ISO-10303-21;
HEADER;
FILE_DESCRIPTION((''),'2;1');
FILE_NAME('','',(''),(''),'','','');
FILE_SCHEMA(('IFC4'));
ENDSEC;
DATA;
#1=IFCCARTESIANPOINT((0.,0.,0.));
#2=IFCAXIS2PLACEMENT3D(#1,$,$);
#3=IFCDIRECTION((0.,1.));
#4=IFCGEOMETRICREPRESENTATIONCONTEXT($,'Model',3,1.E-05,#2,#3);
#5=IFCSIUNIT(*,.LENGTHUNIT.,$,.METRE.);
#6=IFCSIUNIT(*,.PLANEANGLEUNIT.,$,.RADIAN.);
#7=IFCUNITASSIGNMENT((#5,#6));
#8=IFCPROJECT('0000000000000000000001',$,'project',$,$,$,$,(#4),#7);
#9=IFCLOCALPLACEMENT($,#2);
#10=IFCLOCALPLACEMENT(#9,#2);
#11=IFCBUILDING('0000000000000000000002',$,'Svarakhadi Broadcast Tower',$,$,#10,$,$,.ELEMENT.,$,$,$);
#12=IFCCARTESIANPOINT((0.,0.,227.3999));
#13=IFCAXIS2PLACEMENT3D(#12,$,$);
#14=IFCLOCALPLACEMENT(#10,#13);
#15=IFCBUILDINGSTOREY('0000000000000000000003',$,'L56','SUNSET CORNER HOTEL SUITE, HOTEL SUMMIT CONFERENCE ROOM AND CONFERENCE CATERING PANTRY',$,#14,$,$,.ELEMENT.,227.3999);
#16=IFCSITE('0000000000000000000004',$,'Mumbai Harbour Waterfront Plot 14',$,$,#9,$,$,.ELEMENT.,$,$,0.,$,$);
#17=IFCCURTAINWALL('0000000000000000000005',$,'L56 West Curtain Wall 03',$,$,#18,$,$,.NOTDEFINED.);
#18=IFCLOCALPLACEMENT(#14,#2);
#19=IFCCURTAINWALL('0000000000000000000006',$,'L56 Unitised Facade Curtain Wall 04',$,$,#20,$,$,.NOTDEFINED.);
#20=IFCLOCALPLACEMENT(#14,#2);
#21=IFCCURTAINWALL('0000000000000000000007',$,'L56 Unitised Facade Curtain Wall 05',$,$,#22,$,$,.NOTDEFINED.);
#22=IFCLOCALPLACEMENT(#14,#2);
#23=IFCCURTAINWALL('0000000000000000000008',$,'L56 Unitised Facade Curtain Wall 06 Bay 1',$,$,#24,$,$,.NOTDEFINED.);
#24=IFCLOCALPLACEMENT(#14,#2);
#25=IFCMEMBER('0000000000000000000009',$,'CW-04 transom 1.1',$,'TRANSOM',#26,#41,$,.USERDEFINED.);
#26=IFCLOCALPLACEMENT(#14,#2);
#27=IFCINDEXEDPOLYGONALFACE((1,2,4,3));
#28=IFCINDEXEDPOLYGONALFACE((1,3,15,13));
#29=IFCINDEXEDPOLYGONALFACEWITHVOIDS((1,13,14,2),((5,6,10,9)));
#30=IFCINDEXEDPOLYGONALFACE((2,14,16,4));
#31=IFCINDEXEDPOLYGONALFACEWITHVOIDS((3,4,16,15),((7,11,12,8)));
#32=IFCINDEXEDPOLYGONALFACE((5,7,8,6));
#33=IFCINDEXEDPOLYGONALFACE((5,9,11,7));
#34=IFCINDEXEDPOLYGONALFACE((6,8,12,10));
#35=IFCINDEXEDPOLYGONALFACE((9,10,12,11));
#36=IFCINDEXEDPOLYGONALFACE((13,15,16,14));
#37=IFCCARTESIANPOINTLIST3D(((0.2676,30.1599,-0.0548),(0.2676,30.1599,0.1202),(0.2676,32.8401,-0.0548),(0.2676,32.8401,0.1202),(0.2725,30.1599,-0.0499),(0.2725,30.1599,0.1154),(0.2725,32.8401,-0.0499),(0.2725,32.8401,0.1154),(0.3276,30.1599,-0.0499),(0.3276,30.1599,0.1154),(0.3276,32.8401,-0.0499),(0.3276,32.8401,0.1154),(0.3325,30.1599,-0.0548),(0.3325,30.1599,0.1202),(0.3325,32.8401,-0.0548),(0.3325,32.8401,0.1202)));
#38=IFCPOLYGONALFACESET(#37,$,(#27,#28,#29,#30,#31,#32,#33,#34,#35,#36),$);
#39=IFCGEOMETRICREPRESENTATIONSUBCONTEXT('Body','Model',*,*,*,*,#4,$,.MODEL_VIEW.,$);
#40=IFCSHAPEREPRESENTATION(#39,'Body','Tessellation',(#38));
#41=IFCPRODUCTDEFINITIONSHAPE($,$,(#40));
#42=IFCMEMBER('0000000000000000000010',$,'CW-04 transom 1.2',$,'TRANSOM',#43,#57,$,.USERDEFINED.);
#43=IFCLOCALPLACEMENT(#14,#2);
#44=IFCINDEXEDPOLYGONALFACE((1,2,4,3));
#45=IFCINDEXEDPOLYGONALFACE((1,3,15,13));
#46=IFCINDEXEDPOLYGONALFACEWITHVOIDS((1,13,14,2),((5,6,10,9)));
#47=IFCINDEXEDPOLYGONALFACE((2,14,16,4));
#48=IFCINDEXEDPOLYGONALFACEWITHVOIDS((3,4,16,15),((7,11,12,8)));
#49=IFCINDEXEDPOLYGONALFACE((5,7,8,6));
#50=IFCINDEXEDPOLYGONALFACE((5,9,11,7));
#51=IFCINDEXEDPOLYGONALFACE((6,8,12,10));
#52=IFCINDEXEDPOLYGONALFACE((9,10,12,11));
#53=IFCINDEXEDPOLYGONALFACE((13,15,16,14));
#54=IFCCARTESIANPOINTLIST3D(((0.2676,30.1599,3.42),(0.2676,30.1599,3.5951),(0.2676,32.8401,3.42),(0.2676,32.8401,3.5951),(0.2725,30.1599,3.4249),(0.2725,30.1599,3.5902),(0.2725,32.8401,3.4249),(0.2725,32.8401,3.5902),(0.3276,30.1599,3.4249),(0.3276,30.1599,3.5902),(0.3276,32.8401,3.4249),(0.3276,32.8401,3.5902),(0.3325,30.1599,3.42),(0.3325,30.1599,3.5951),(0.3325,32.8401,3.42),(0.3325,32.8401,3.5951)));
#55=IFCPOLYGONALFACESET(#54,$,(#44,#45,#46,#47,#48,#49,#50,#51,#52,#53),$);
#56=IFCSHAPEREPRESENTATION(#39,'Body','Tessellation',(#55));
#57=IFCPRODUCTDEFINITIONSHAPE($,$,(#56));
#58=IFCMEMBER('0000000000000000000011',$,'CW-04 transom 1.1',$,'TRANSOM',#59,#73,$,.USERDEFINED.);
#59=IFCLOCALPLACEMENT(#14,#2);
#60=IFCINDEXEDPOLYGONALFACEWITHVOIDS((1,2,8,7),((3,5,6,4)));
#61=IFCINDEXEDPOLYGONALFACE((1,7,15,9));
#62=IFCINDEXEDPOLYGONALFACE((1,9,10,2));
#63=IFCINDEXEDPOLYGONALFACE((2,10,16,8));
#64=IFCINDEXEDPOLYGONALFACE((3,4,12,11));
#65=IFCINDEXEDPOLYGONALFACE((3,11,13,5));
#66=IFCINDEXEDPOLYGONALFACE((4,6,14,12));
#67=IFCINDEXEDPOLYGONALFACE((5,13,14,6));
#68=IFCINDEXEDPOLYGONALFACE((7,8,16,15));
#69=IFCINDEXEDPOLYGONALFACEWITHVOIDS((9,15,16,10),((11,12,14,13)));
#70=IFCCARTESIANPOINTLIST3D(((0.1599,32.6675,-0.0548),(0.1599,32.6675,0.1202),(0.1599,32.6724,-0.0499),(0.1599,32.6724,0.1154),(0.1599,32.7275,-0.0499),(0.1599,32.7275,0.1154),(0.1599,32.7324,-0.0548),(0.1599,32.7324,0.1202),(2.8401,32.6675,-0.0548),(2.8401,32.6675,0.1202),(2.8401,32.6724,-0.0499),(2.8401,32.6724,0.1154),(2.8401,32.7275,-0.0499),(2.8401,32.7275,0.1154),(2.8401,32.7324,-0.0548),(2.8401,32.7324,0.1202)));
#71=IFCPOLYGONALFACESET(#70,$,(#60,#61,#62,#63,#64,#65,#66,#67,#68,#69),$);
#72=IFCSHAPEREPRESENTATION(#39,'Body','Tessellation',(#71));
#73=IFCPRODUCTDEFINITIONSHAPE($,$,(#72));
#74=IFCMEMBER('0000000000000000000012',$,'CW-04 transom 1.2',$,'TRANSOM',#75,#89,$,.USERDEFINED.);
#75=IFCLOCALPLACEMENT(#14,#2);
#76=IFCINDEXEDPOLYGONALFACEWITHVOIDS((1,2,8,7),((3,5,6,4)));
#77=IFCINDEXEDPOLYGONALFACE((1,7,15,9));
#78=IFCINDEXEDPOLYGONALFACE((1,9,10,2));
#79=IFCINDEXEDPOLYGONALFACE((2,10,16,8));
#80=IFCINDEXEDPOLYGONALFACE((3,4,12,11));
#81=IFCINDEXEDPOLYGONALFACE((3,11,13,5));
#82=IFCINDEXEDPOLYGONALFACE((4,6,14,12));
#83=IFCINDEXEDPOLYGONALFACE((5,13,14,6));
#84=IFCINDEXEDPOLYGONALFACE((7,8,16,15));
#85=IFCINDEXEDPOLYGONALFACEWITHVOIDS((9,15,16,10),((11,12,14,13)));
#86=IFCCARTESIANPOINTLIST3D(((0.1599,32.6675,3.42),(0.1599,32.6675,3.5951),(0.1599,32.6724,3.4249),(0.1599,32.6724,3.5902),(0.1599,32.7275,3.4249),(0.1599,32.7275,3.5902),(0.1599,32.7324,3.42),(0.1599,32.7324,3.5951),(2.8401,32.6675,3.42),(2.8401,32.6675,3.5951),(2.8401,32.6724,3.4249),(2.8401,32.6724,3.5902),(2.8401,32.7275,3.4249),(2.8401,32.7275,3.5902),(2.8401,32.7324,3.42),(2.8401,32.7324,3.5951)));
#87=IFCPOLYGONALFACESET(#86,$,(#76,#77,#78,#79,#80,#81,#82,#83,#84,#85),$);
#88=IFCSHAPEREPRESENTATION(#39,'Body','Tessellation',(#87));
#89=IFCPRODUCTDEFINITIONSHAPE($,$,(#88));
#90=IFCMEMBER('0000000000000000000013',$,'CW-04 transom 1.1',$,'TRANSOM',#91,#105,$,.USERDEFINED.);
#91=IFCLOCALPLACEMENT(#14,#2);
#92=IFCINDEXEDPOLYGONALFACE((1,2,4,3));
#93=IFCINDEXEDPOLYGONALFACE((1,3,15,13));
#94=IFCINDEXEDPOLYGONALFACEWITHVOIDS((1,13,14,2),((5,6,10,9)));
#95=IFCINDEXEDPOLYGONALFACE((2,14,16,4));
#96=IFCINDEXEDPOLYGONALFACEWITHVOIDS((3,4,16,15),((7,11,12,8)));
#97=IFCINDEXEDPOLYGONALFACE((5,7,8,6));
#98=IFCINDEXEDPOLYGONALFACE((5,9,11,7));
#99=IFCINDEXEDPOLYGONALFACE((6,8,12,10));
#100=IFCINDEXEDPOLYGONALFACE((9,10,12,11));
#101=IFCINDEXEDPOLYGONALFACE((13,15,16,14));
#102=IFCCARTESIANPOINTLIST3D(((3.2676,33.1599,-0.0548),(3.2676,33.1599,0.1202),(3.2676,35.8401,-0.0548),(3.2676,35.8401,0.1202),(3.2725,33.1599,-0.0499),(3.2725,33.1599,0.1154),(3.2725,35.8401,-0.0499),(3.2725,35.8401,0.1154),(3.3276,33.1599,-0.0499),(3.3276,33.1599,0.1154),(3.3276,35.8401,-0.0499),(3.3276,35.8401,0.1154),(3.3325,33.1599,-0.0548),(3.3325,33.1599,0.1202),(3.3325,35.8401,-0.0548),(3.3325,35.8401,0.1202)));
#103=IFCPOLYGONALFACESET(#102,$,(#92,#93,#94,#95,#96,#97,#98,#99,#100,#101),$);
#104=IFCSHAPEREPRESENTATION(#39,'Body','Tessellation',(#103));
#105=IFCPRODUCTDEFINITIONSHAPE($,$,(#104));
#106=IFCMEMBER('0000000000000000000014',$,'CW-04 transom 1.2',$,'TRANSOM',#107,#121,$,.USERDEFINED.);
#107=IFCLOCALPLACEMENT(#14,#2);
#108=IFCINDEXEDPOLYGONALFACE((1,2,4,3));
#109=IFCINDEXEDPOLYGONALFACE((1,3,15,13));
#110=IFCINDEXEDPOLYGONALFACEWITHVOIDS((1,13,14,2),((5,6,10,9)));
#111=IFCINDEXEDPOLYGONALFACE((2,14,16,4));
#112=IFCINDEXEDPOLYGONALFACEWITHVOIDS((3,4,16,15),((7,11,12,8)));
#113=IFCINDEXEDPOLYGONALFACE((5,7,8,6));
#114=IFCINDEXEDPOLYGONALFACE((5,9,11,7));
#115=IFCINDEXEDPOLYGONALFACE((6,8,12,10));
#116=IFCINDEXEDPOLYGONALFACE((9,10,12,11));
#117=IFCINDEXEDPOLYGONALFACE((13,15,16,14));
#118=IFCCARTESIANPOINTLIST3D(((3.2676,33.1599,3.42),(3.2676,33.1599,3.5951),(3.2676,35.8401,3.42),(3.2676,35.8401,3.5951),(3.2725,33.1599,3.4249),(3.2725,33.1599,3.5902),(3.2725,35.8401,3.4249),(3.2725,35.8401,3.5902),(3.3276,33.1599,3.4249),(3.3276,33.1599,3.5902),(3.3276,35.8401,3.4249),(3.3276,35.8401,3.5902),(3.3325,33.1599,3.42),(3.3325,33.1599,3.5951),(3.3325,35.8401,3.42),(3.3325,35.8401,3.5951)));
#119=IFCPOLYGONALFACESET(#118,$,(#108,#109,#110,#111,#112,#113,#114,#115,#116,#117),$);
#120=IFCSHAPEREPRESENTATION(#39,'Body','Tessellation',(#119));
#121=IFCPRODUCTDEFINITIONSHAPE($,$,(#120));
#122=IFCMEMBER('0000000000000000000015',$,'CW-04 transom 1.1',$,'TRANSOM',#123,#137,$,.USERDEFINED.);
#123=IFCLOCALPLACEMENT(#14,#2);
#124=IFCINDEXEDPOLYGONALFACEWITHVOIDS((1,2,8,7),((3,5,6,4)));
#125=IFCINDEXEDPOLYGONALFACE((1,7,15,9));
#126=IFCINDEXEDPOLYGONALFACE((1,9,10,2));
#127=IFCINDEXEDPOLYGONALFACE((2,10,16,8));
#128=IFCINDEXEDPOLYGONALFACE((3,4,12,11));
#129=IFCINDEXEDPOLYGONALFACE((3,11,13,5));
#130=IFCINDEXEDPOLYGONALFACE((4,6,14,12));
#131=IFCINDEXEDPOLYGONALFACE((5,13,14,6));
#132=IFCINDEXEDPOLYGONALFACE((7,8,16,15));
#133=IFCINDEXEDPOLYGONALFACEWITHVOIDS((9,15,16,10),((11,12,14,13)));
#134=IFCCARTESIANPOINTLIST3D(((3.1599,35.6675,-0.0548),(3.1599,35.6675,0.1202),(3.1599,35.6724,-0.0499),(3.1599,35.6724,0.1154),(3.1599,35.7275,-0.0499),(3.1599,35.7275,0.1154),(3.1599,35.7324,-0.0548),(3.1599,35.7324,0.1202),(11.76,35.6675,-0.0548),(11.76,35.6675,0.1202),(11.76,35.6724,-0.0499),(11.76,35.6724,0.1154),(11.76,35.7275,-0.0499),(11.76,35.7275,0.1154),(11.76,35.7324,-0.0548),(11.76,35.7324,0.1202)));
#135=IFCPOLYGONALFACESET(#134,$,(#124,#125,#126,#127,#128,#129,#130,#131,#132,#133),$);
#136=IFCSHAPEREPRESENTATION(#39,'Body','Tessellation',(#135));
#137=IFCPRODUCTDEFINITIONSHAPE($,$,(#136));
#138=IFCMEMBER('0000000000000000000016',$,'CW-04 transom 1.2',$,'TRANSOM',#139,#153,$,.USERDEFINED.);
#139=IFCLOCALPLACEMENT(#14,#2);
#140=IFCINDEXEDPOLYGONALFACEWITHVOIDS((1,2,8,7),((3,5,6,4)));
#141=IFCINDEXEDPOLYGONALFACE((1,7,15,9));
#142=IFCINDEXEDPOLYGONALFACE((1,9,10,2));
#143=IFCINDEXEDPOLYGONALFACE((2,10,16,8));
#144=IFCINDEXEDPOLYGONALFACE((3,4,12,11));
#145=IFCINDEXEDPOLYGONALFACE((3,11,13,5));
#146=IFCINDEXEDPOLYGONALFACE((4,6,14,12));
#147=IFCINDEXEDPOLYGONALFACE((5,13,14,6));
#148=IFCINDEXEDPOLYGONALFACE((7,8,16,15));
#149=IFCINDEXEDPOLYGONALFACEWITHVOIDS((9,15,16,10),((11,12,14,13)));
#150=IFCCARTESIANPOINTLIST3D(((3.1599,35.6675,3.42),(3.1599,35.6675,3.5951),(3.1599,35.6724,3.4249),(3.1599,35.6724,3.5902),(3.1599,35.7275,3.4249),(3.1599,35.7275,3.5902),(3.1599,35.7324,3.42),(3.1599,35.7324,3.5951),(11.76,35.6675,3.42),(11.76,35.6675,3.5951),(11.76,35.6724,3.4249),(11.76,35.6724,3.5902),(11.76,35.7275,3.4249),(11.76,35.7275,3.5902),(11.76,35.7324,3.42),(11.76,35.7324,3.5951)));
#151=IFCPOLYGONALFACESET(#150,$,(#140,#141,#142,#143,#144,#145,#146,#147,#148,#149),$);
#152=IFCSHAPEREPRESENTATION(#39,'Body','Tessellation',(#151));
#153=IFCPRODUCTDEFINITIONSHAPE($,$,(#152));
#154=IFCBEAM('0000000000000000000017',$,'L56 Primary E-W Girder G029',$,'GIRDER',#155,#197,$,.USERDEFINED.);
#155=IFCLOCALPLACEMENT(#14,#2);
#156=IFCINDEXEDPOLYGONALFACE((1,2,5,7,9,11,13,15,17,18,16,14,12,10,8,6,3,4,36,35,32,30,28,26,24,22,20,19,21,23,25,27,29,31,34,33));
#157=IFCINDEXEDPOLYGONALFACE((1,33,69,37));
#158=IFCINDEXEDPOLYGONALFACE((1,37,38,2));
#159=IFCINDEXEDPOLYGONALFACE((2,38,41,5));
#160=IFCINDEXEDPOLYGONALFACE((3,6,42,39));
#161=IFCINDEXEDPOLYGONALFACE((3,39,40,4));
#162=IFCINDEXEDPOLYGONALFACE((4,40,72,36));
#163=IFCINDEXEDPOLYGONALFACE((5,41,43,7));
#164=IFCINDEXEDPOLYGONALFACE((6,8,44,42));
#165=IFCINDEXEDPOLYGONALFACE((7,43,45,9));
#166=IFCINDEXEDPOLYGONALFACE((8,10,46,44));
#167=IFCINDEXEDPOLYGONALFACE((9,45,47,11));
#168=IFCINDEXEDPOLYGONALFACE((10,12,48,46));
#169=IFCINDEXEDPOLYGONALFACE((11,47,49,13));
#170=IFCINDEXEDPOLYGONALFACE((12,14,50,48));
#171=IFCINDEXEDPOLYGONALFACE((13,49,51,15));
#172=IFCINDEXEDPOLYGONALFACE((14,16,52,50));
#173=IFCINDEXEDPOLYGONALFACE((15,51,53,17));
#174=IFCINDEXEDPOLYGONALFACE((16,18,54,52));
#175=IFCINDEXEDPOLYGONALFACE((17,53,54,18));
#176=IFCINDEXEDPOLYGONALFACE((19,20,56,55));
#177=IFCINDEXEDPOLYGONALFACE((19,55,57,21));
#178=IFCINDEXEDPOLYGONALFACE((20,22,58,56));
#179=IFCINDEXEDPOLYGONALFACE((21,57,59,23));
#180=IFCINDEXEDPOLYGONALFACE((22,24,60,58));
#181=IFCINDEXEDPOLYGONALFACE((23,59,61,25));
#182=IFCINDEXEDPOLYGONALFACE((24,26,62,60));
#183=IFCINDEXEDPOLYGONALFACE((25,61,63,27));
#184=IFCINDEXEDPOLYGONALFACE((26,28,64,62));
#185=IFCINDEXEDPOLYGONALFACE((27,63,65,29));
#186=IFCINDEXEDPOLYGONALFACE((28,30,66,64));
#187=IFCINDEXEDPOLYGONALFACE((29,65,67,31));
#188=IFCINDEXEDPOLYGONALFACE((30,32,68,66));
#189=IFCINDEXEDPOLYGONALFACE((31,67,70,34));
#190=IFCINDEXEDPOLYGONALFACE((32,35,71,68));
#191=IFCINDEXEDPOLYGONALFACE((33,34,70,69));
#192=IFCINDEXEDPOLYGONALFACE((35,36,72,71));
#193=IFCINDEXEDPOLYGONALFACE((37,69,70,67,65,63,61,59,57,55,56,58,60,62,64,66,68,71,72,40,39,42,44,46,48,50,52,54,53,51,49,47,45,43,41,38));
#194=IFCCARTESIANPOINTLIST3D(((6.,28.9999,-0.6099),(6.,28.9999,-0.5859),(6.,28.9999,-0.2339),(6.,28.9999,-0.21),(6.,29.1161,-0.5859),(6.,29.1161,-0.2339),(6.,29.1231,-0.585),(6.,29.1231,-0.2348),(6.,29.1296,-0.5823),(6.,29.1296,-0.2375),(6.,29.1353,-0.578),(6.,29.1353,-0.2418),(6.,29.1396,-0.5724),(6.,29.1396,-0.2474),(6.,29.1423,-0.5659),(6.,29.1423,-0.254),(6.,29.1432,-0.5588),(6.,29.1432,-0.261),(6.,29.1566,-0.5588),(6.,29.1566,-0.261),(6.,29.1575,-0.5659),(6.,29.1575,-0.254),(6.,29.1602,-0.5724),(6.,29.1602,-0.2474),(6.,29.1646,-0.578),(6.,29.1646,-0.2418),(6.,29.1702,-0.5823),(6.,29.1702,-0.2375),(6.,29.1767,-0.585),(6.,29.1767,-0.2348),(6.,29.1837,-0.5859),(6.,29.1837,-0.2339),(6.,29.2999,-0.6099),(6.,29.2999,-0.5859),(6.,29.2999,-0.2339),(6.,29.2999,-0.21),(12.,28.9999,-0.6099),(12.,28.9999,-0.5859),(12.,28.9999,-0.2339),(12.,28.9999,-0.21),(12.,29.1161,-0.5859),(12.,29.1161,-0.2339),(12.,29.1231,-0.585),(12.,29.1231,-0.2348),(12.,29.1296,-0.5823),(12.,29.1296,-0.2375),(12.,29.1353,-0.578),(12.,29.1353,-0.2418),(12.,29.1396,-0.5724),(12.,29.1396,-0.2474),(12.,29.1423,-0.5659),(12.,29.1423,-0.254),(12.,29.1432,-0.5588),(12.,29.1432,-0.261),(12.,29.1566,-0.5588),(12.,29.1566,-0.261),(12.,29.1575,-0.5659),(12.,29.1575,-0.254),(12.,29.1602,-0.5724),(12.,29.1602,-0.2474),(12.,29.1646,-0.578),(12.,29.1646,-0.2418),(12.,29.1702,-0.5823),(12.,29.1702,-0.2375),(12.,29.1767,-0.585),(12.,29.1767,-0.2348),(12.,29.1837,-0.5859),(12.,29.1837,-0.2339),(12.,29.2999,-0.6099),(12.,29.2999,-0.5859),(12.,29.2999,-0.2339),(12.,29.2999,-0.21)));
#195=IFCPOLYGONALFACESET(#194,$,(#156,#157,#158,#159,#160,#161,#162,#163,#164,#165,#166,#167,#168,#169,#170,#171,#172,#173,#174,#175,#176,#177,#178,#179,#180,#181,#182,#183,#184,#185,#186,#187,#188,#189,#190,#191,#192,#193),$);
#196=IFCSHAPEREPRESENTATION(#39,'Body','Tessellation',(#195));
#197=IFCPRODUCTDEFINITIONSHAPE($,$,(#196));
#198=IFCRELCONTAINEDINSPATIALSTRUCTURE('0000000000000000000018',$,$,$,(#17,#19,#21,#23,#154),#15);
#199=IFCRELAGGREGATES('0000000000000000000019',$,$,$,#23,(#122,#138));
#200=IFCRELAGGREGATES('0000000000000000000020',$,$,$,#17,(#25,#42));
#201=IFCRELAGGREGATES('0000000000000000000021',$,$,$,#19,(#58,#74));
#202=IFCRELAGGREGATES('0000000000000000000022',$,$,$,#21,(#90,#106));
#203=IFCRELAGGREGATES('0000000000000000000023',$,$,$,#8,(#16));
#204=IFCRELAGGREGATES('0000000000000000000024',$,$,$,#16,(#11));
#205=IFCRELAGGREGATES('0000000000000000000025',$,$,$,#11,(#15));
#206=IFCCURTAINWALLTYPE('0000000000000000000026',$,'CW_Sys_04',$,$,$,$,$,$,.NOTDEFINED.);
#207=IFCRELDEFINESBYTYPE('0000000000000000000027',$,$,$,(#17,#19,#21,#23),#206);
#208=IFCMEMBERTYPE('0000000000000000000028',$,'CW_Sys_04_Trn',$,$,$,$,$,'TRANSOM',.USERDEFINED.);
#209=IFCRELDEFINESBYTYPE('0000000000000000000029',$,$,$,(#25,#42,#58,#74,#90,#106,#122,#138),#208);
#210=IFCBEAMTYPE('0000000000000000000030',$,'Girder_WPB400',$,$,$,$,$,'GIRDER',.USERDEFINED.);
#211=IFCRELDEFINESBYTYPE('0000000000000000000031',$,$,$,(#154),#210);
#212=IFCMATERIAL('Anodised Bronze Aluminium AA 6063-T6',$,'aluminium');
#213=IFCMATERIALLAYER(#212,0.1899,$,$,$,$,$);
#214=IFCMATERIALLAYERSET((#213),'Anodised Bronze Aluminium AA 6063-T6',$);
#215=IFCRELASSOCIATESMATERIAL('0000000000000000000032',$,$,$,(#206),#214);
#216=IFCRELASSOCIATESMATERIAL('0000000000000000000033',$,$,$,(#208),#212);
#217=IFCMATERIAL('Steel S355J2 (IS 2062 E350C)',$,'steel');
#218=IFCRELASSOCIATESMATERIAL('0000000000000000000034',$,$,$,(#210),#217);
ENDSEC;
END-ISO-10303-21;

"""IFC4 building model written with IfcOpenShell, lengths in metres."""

from ifc_helpers import new_model, si_unit, direction, frame, origin, origin_2d, place, context, subcontext, project, spatial, hollow_rectangle, i_section, extrude, material, layer, layer_set, material_profile, profile_set, type_object, element, aggregate, save


model = new_model("IFC4")

# Units and contexts
model_context = context("Model", 3, precision=1e-05, world=origin(), true_north=direction((0.0, 1.0)))
body_context = subcontext(model_context, "Body", "Model", "MODEL_VIEW")
ifc_project = project(units=[si_unit("LENGTHUNIT", "METRE"), si_unit("PLANEANGLEUNIT", "RADIAN")], contexts=[model_context])

# Site, building, storey
site_placement = place(None, origin())
site = spatial("IfcSite", under=ifc_project, at=site_placement, Name="Mumbai Harbour Waterfront Plot 14", CompositionType="ELEMENT", RefElevation=0.0)
building_placement = place(site_placement, origin())
building = spatial("IfcBuilding", under=site, at=building_placement, Name="Svarakhadi Broadcast Tower", CompositionType="ELEMENT")
storey_placement = place(building_placement, frame((0.0, 0.0, 227.3999)))
storey = spatial("IfcBuildingStorey", under=building, at=storey_placement, Name="L56", Description="SUNSET CORNER HOTEL SUITE, HOTEL SUMMIT CONFERENCE ROOM AND CONFERENCE CATERING PANTRY", CompositionType="ELEMENT", Elevation=227.3999)

# Curtain walls
ifc_material_1 = material(Name="Anodised Bronze Aluminium AA 6063-T6", Category="aluminium")
ifc_layer_1 = layer(ifc_material_1, 0.1899)
ifc_layer_set_1 = layer_set([ifc_layer_1], Name="Anodised Bronze Aluminium AA 6063-T6")
curtain_wall_type = type_object("IfcCurtainWallType", Name="CW_Sys_04", PredefinedType="NOTDEFINED", material=ifc_layer_set_1)
curtain_wall_1_placement = place(storey_placement, origin())
curtain_wall_1 = element("IfcCurtainWall", 1, at=curtain_wall_1_placement, inside=storey, type_object=curtain_wall_type, Name="L56 West Curtain Wall 03", PredefinedType="NOTDEFINED")
curtain_wall_2_placement = place(storey_placement, origin())
curtain_wall_2 = element("IfcCurtainWall", 2, at=curtain_wall_2_placement, inside=storey, type_object=curtain_wall_type, Name="L56 Unitised Facade Curtain Wall 04", PredefinedType="NOTDEFINED")
curtain_wall_3_placement = place(storey_placement, origin())
curtain_wall_3 = element("IfcCurtainWall", 3, at=curtain_wall_3_placement, inside=storey, type_object=curtain_wall_type, Name="L56 Unitised Facade Curtain Wall 05", PredefinedType="NOTDEFINED")

# Curtain wall
curtain_wall_4_placement = place(storey_placement, origin())
curtain_wall_4 = element("IfcCurtainWall", 4, at=curtain_wall_4_placement, inside=storey, type_object=curtain_wall_type, Name="L56 Unitised Facade Curtain Wall 06 Bay 1", PredefinedType="NOTDEFINED")

# Members
ifc_material_profile_1 = material_profile(ifc_material_1, hollow_rectangle(XDim=0.0649, YDim=0.175, WallThickness=0.0049, at=origin_2d()), Name="ALU TRANSOM 175x65x5")
ifc_profile_set_1 = profile_set([ifc_material_profile_1], Name="Anodised Bronze Aluminium AA 6063-T6")
member_type_1 = type_object("IfcMemberType", Name="CW_Sys_04_Trn", ElementType="TRANSOM", PredefinedType="USERDEFINED", material=ifc_profile_set_1)
member_1_placement = place(storey_placement, frame((0.3, 30.1599, 0.0327), z_axis=(0.0, 1.0, 0.0), x_axis=(-1.0, 0.0, 0.0)))
member_1 = element("IfcMember", 5, at=member_1_placement, type_object=member_type_1, Name="CW-04 transom 1.1", ObjectType="TRANSOM", PredefinedType="USERDEFINED", context=body_context, shape_type="SweptSolid", body=[
    extrude(hollow_rectangle(XDim=0.0649, YDim=0.175, WallThickness=0.0049, at=origin_2d()), origin(), (0.0, 0.0, 1.0), 2.6802),
])
member_2_placement = place(storey_placement, frame((0.3, 30.1599, 3.5076), z_axis=(0.0, 1.0, 0.0), x_axis=(-1.0, 0.0, 0.0)))
member_2 = element("IfcMember", 6, at=member_2_placement, type_object=member_type_1, Name="CW-04 transom 1.2", ObjectType="TRANSOM", PredefinedType="USERDEFINED", context=body_context, shape_type="SweptSolid", body=[
    extrude(hollow_rectangle(XDim=0.0649, YDim=0.175, WallThickness=0.0049, at=origin_2d()), origin(), (0.0, 0.0, 1.0), 2.6802),
])
member_3_placement = place(storey_placement, frame((0.1599, 32.7, 0.0327), z_axis=(1.0, 0.0, 0.0), x_axis=(0.0, 1.0, 0.0)))
member_3 = element("IfcMember", 7, at=member_3_placement, type_object=member_type_1, Name="CW-04 transom 1.1", ObjectType="TRANSOM", PredefinedType="USERDEFINED", context=body_context, shape_type="SweptSolid", body=[
    extrude(hollow_rectangle(XDim=0.0649, YDim=0.175, WallThickness=0.0049, at=origin_2d()), origin(), (0.0, 0.0, 1.0), 2.6802),
])
member_4_placement = place(storey_placement, frame((0.1599, 32.7, 3.5076), z_axis=(1.0, 0.0, 0.0), x_axis=(0.0, 1.0, 0.0)))
member_4 = element("IfcMember", 8, at=member_4_placement, type_object=member_type_1, Name="CW-04 transom 1.2", ObjectType="TRANSOM", PredefinedType="USERDEFINED", context=body_context, shape_type="SweptSolid", body=[
    extrude(hollow_rectangle(XDim=0.0649, YDim=0.175, WallThickness=0.0049, at=origin_2d()), origin(), (0.0, 0.0, 1.0), 2.6802),
])
member_5_placement = place(storey_placement, frame((3.3, 33.1599, 0.0327), z_axis=(0.0, 1.0, 0.0), x_axis=(-1.0, 0.0, 0.0)))
member_5 = element("IfcMember", 9, at=member_5_placement, type_object=member_type_1, Name="CW-04 transom 1.1", ObjectType="TRANSOM", PredefinedType="USERDEFINED", context=body_context, shape_type="SweptSolid", body=[
    extrude(hollow_rectangle(XDim=0.0649, YDim=0.175, WallThickness=0.0049, at=origin_2d()), origin(), (0.0, 0.0, 1.0), 2.6802),
])
member_6_placement = place(storey_placement, frame((3.3, 33.1599, 3.5076), z_axis=(0.0, 1.0, 0.0), x_axis=(-1.0, 0.0, 0.0)))
member_6 = element("IfcMember", 10, at=member_6_placement, type_object=member_type_1, Name="CW-04 transom 1.2", ObjectType="TRANSOM", PredefinedType="USERDEFINED", context=body_context, shape_type="SweptSolid", body=[
    extrude(hollow_rectangle(XDim=0.0649, YDim=0.175, WallThickness=0.0049, at=origin_2d()), origin(), (0.0, 0.0, 1.0), 2.6802),
])
member_7_placement = place(storey_placement, frame((3.1599, 35.7, 0.0327), z_axis=(1.0, 0.0, 0.0), x_axis=(0.0, 1.0, 0.0)))
member_7 = element("IfcMember", 11, at=member_7_placement, type_object=member_type_1, Name="CW-04 transom 1.1", ObjectType="TRANSOM", PredefinedType="USERDEFINED", context=body_context, shape_type="SweptSolid", body=[
    extrude(hollow_rectangle(XDim=0.0649, YDim=0.175, WallThickness=0.0049, at=origin_2d()), origin(), (0.0, 0.0, 1.0), 8.6001),
])
member_8_placement = place(storey_placement, frame((3.1599, 35.7, 3.5076), z_axis=(1.0, 0.0, 0.0), x_axis=(0.0, 1.0, 0.0)))
member_8 = element("IfcMember", 12, at=member_8_placement, type_object=member_type_1, Name="CW-04 transom 1.2", ObjectType="TRANSOM", PredefinedType="USERDEFINED", context=body_context, shape_type="SweptSolid", body=[
    extrude(hollow_rectangle(XDim=0.0649, YDim=0.175, WallThickness=0.0049, at=origin_2d()), origin(), (0.0, 0.0, 1.0), 8.6001),
])
aggregate(curtain_wall_4, [member_7, member_8])

# Beam
ifc_material_2 = material(Name="Steel S355J2 (IS 2062 E350C)", Category="steel")
ifc_material_profile_2 = material_profile(ifc_material_2, i_section(OverallWidth=0.3, OverallDepth=0.3999, WebThickness=0.0134, FlangeThickness=0.0239, FilletRadius=0.0271, at=origin_2d()), Name="WPB 400x300x155")
ifc_profile_set_2 = profile_set([ifc_material_profile_2], Name="Steel S355J2 (IS 2062 E350C)")
beam_type = type_object("IfcBeamType", Name="Girder_WPB400", ElementType="GIRDER", PredefinedType="USERDEFINED", material=ifc_profile_set_2)
for number, where, z_axis, x_axis, name in (
    (13, (6.0, 29.1499, -0.4099), (1.0, 0.0, 0.0), (0.0, 1.0, 0.0), "L56 Primary E-W Girder G029"),
):
    element("IfcBeam", number, at=place(storey_placement, frame(where, z_axis=z_axis, x_axis=x_axis)), inside=storey, type_object=beam_type, Name=name, ObjectType="GIRDER", PredefinedType="USERDEFINED", context=body_context, shape_type="SweptSolid", body=[
        extrude(i_section(OverallWidth=0.3, OverallDepth=0.3999, WebThickness=0.0134, FlangeThickness=0.0239, FilletRadius=0.0271, at=origin_2d()), origin(), (0.0, 0.0, 1.0), 6.0),
    ])

aggregate(curtain_wall_1, [member_1, member_2])
aggregate(curtain_wall_2, [member_3, member_4])
aggregate(curtain_wall_3, [member_5, member_6])

save(model, "model.ifc")
